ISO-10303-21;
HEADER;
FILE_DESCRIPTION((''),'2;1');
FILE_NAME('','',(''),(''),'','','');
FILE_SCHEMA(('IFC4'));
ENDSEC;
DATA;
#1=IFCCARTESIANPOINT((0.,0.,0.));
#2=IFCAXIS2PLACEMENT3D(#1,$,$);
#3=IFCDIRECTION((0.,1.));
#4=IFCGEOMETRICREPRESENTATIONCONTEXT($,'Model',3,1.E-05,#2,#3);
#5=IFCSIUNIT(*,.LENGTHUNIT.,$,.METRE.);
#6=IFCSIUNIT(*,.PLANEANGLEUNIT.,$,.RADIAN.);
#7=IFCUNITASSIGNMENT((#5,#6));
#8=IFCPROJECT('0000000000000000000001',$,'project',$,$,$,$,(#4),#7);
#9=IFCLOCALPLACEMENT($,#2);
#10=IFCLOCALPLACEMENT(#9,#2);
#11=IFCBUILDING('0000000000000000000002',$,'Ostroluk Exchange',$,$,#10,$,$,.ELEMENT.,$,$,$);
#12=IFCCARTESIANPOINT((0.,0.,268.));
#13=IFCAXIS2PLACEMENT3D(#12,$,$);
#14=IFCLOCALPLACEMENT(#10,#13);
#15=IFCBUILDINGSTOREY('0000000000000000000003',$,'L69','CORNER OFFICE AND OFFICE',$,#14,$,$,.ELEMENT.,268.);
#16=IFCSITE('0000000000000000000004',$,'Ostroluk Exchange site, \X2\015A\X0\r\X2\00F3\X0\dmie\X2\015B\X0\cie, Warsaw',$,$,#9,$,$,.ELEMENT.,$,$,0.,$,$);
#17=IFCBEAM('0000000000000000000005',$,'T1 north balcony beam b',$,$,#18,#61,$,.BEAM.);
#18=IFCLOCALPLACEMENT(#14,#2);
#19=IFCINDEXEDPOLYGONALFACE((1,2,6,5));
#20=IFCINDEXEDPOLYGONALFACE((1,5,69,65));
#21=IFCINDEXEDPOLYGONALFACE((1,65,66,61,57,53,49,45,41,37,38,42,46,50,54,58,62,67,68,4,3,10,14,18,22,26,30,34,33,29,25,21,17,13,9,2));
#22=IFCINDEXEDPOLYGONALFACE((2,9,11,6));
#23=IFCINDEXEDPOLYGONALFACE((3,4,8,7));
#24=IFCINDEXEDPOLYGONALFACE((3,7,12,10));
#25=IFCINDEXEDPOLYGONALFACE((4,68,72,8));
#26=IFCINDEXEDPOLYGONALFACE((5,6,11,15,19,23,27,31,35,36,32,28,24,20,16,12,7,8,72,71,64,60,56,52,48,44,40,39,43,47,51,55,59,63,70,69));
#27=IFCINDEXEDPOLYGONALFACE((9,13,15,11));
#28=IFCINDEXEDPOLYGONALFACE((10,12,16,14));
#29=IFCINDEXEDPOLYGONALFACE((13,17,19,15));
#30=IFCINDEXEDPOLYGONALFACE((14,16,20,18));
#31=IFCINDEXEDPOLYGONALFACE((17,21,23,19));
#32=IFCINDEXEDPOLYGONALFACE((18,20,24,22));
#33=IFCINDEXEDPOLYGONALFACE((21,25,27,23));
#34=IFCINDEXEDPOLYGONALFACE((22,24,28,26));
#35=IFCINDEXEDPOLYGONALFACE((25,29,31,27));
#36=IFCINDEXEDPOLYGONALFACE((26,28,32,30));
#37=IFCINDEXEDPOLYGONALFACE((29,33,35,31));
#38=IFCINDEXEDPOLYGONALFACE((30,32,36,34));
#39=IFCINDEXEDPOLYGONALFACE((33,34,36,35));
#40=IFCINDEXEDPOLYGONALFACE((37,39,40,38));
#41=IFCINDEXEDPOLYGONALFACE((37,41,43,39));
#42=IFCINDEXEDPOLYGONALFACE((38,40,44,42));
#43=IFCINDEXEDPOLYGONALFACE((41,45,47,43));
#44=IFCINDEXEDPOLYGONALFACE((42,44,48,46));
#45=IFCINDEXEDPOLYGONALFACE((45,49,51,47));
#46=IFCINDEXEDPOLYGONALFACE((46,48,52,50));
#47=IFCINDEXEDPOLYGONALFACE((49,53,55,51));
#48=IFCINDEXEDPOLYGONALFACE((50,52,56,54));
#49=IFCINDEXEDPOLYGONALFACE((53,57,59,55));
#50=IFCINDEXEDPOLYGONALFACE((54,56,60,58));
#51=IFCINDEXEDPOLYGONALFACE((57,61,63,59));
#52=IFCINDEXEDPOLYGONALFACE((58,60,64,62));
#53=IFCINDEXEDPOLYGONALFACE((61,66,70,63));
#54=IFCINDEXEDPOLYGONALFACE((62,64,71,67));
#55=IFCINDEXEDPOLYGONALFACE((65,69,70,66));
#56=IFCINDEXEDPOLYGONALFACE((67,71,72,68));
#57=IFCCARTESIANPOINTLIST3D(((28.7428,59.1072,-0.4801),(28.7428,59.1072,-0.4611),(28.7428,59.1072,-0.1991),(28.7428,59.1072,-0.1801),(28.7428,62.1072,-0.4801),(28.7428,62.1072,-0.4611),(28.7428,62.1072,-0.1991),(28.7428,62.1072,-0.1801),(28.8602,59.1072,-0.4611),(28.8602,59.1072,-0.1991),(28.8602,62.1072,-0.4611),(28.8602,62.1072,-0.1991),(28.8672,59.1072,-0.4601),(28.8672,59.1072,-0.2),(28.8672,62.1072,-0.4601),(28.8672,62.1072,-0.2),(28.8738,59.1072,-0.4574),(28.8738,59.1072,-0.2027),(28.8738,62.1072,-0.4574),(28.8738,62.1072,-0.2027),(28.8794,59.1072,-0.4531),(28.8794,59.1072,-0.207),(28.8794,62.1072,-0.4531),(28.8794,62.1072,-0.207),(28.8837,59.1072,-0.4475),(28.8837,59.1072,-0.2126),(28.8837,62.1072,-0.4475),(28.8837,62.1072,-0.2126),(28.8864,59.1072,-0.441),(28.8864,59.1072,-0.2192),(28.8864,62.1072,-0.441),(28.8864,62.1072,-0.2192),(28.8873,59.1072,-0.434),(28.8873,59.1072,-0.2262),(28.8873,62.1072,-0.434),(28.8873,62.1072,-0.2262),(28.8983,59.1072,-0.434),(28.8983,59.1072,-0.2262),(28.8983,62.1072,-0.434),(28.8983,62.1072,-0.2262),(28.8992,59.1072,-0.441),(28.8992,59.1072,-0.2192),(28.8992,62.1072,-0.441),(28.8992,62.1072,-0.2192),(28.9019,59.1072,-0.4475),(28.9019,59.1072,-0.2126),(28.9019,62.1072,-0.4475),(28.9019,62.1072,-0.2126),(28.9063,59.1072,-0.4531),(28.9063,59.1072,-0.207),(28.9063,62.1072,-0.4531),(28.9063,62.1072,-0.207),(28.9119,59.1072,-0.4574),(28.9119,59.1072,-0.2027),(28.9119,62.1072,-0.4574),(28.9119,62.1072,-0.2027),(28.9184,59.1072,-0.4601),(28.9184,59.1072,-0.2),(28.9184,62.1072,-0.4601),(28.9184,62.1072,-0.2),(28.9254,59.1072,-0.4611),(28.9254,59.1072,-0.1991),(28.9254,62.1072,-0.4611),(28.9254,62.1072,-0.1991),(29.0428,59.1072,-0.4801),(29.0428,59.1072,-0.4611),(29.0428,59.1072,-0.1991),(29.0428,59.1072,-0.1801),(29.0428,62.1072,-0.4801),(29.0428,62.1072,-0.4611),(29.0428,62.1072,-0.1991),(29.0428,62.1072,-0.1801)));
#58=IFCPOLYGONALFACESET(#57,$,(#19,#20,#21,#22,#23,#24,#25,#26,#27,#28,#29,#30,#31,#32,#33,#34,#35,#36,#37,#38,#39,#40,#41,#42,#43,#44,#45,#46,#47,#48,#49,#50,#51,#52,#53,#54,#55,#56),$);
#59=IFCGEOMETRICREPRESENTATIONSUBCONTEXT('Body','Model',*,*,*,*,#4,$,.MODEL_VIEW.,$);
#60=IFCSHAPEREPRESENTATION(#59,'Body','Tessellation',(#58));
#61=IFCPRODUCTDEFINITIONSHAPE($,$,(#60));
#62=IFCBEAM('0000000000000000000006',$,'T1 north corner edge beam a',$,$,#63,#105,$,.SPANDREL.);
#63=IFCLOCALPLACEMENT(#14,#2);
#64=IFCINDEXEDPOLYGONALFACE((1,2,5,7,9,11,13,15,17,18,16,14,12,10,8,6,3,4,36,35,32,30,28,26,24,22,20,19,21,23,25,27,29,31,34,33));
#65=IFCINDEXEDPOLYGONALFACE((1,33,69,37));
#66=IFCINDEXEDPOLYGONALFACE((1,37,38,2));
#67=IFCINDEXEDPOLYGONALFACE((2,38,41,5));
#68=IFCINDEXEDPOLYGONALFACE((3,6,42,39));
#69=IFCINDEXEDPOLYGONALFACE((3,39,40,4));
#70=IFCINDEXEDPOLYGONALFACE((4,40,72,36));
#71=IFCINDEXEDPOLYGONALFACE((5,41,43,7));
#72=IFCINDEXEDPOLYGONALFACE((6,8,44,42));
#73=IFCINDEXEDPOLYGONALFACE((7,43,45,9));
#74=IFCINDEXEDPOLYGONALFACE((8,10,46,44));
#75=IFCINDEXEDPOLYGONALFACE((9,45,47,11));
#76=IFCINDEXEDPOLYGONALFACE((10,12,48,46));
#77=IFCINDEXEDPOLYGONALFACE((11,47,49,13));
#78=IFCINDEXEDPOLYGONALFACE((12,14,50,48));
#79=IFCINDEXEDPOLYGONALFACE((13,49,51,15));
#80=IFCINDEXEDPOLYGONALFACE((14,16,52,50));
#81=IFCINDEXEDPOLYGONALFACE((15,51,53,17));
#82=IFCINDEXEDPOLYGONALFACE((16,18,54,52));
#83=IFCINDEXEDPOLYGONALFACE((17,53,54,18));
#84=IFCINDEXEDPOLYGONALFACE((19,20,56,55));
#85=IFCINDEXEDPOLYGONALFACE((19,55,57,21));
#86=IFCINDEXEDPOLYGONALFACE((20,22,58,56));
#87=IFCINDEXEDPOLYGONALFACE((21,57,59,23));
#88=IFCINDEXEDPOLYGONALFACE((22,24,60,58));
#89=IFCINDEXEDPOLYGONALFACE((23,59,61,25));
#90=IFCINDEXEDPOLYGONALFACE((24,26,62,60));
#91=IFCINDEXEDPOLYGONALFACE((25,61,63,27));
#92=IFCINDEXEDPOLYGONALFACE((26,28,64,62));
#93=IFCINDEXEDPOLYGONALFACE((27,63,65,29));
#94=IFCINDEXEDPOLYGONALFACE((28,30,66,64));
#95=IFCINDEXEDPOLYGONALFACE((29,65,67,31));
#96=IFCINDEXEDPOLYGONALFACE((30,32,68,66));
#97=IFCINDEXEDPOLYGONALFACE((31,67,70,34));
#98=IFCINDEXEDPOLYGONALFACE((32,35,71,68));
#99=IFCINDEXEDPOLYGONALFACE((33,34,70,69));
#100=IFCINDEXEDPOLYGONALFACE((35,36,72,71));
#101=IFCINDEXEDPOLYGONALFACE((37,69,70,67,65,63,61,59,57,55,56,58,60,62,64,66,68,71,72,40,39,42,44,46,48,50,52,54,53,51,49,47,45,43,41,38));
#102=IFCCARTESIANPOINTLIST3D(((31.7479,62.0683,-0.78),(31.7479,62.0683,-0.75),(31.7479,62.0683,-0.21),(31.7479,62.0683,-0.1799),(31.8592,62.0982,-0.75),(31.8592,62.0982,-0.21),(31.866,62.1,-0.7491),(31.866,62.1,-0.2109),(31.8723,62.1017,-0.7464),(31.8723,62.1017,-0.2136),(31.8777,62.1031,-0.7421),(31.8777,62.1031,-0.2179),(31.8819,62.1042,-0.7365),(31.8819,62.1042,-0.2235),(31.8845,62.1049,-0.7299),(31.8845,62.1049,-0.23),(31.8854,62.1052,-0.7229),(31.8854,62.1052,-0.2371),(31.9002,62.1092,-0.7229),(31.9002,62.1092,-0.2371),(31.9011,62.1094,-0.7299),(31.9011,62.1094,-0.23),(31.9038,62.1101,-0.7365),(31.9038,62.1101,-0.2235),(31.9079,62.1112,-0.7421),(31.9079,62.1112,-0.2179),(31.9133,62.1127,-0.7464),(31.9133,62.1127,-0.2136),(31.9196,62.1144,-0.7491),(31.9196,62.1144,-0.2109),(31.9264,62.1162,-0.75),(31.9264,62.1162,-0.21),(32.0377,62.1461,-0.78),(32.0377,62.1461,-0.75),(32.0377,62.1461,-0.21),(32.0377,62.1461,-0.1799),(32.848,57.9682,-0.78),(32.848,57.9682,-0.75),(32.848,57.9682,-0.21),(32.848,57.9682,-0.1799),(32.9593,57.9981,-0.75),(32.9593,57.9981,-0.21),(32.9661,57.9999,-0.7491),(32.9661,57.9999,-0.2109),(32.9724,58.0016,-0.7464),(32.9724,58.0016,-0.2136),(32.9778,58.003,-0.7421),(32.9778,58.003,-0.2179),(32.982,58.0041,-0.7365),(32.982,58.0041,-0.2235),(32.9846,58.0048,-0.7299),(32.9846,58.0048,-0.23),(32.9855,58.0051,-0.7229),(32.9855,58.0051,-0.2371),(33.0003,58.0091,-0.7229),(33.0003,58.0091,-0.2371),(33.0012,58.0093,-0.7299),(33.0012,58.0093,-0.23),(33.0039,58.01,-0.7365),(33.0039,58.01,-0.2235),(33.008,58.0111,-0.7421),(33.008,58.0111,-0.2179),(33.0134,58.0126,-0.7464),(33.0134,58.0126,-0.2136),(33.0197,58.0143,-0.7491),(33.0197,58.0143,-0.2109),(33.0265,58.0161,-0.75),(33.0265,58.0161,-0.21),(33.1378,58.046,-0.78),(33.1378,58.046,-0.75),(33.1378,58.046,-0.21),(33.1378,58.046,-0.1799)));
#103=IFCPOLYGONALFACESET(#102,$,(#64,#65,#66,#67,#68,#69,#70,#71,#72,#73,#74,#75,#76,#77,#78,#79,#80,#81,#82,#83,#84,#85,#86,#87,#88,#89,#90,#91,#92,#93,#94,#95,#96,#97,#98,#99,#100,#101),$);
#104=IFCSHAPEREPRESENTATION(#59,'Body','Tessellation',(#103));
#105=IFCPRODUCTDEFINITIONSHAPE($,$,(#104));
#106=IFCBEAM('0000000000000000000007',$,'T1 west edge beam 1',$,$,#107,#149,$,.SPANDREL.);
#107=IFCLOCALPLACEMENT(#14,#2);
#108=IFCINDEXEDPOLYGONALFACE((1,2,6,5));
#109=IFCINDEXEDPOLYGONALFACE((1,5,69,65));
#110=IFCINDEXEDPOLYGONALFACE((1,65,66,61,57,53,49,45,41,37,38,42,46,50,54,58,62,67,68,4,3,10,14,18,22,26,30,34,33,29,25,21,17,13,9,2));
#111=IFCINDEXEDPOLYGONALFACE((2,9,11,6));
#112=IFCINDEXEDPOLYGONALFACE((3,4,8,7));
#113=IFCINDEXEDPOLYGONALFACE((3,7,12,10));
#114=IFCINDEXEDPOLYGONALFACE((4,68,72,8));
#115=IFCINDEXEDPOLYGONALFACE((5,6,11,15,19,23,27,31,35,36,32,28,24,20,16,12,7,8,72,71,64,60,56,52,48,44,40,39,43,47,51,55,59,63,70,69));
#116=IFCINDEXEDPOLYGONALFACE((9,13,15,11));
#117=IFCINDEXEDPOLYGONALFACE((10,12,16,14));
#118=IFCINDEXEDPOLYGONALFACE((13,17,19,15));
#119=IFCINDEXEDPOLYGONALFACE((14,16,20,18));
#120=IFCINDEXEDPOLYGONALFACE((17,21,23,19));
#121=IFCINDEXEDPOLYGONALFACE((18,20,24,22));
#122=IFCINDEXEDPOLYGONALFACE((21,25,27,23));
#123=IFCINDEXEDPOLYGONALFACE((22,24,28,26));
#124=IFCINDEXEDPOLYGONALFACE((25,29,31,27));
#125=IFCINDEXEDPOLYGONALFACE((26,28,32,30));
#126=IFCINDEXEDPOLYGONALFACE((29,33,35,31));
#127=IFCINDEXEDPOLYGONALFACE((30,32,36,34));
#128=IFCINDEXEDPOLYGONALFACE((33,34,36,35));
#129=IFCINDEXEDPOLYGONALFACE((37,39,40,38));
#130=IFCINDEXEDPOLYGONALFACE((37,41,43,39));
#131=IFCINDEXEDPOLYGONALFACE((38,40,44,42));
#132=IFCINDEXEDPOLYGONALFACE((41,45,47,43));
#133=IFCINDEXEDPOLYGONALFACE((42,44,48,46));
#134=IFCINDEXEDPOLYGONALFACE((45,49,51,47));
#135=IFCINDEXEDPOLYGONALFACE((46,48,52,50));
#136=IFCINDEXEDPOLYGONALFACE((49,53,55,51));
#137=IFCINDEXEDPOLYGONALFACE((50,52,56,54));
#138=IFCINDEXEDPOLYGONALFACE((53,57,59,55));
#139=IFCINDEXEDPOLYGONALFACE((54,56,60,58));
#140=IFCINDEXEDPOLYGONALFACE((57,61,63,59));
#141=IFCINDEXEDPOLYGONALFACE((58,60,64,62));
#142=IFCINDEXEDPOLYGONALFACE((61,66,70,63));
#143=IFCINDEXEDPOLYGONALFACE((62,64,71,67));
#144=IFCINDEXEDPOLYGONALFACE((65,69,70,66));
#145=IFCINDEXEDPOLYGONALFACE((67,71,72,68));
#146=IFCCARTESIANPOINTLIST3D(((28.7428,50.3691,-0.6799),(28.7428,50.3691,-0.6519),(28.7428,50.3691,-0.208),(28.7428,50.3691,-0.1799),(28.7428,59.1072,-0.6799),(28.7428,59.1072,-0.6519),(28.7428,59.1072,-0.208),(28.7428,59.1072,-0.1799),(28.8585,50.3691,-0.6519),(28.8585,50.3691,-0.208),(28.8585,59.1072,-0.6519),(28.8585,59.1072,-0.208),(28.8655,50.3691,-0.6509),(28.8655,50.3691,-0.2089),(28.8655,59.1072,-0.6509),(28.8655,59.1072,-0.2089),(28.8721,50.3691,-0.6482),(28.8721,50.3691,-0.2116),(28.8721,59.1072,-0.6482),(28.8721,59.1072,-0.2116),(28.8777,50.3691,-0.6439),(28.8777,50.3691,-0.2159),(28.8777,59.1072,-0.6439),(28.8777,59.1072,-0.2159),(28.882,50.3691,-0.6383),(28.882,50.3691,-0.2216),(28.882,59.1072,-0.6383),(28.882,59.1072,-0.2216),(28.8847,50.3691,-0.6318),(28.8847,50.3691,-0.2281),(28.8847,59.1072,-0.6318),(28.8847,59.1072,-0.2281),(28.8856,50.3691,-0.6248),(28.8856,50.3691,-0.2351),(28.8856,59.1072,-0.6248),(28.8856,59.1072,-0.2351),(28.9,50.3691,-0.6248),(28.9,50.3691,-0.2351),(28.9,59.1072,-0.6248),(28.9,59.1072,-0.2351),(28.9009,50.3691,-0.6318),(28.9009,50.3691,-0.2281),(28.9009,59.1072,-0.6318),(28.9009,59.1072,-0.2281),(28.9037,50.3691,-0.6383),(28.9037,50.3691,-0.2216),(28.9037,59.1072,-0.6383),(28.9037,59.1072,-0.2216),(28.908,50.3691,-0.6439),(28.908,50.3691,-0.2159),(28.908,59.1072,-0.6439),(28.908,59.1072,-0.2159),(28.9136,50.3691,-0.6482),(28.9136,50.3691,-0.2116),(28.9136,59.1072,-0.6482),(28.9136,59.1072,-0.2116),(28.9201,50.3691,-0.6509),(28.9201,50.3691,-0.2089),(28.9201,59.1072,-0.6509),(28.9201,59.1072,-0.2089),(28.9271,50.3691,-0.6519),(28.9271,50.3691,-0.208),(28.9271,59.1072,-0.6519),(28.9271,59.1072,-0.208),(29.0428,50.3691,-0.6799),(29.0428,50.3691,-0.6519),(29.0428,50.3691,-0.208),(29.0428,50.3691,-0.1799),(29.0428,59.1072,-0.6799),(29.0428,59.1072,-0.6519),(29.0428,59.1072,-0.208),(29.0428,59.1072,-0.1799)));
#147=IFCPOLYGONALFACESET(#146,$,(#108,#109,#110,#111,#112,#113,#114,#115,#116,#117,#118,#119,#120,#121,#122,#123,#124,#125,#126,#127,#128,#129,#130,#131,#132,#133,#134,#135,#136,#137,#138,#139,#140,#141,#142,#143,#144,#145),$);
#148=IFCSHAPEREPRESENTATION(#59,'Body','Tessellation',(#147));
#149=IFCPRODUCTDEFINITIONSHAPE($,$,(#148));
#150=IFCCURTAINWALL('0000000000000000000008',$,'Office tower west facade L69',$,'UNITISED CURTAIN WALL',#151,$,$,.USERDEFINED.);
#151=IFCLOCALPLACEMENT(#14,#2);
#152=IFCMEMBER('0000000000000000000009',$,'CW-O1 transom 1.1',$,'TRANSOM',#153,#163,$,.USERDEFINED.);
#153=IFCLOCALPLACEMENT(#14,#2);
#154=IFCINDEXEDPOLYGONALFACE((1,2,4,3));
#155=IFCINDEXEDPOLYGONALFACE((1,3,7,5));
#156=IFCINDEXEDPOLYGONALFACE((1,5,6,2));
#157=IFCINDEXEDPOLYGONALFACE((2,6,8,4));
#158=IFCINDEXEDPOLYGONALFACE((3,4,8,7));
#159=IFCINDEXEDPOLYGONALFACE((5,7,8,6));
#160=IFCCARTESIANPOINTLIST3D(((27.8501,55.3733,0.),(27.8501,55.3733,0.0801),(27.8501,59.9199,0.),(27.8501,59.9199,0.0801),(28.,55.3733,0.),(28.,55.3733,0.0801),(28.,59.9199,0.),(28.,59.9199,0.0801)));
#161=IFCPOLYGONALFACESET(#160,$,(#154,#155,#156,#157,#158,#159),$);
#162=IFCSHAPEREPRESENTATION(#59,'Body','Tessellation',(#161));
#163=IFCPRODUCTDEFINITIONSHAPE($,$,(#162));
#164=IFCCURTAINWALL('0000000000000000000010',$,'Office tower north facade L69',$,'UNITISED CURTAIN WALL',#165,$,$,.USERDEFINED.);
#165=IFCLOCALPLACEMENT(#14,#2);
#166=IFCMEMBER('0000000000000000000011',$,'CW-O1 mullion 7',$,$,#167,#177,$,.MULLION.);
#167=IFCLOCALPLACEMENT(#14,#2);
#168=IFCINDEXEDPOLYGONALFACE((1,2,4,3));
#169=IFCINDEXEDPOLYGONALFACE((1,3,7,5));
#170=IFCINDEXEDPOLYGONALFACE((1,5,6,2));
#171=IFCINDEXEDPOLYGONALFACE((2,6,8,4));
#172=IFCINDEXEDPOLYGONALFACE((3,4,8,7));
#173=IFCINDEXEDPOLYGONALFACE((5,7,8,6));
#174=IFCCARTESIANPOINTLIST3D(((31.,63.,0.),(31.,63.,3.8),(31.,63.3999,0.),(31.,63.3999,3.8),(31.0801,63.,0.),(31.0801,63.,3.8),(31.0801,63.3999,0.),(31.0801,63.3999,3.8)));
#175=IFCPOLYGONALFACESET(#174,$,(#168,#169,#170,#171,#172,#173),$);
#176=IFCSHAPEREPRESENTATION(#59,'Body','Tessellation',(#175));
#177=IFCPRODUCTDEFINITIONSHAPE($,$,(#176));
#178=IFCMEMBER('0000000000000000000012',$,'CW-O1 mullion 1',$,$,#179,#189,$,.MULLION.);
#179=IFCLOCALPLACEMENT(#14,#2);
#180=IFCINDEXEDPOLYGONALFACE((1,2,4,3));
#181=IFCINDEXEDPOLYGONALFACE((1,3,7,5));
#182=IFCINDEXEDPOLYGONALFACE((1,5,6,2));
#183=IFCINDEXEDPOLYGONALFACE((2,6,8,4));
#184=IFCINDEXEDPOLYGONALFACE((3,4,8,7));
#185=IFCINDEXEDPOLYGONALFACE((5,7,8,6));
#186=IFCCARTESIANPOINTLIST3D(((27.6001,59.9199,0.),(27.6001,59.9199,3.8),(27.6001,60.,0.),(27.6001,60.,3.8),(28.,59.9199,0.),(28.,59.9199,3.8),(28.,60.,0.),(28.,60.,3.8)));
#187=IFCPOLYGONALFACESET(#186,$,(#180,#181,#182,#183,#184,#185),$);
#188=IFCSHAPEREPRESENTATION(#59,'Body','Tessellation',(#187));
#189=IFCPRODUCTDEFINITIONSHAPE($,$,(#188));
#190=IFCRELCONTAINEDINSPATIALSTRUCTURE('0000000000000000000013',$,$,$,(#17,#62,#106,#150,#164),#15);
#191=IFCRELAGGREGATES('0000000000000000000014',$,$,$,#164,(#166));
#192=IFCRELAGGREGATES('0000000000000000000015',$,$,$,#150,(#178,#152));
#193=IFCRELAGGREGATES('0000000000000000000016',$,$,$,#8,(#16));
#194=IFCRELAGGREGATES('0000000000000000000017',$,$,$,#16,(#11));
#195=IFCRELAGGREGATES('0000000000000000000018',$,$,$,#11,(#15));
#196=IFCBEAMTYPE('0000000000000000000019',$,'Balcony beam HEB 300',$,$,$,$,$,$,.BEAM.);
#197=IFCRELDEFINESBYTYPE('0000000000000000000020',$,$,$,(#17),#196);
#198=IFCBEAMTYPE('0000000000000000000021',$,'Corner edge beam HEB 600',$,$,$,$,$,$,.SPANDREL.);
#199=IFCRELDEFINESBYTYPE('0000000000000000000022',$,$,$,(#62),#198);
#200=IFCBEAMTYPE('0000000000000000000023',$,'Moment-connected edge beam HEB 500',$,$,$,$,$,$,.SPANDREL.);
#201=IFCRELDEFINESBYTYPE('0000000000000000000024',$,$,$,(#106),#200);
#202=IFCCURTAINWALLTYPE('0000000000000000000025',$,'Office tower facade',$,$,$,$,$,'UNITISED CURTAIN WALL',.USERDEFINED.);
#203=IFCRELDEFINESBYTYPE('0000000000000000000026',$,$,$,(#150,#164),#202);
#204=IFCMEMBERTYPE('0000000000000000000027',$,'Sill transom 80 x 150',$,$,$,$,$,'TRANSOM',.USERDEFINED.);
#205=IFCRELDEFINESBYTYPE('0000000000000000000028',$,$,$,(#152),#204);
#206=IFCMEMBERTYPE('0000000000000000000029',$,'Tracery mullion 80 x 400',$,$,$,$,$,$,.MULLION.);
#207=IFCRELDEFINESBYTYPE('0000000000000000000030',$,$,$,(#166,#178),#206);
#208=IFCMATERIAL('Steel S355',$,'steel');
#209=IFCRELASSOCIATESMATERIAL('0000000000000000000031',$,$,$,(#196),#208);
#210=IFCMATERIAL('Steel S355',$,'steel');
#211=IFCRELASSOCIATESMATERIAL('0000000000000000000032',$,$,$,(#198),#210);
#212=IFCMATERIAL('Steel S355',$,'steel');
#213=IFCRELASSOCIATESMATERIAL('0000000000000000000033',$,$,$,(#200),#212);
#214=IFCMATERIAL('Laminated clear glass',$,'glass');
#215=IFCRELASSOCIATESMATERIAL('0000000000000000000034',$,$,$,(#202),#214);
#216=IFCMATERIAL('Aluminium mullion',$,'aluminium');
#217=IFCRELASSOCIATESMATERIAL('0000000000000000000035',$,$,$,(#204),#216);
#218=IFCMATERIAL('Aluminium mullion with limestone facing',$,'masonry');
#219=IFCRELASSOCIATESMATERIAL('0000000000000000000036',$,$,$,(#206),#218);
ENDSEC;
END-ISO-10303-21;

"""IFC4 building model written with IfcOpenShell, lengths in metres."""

from ifc_helpers import new_model, si_unit, direction, frame, origin, origin_2d, place, context, subcontext, project, spatial, rectangle, i_section, extrude, material, material_profile, profile_set, type_object, element, aggregate, save


model = new_model("IFC4")

# Units and contexts
model_context = context("Model", 3, precision=1e-05, world=origin(), true_north=direction((0.0, 1.0)))
body_context = subcontext(model_context, "Body", "Model", "MODEL_VIEW")
ifc_project = project(units=[si_unit("LENGTHUNIT", "METRE"), si_unit("PLANEANGLEUNIT", "RADIAN")], contexts=[model_context])

# Site, building, storey
site_placement = place(None, origin())
site = spatial("IfcSite", under=ifc_project, at=site_placement, Name="Ostroluk Exchange site, Śródmieście, Warsaw", CompositionType="ELEMENT", RefElevation=0.0)
building_placement = place(site_placement, origin())
building = spatial("IfcBuilding", under=site, at=building_placement, Name="Ostroluk Exchange", CompositionType="ELEMENT")
storey_placement = place(building_placement, frame((0.0, 0.0, 268.0)))
storey = spatial("IfcBuildingStorey", under=building, at=storey_placement, Name="L69", Description="CORNER OFFICE AND OFFICE", CompositionType="ELEMENT", Elevation=268.0)

# Beams
ifc_material_1 = material(Name="Steel S355", Category="steel")
ifc_material_profile_1 = material_profile(ifc_material_1, i_section(OverallWidth=0.3, OverallDepth=0.3, WebThickness=0.011, FlangeThickness=0.019, FilletRadius=0.0271, at=origin_2d()), Name="HEB 300")
ifc_profile_set_1 = profile_set([ifc_material_profile_1], Name="Steel S355")
beam_type_1 = type_object("IfcBeamType", Name="Balcony beam HEB 300", PredefinedType="BEAM", material=ifc_profile_set_1)
for number, where, z_axis, x_axis, name in (
    (1, (28.8928, 59.1072, -0.3301), (0.0, 1.0, 0.0), (-1.0, 0.0, 0.0), "T1 north balcony beam b"),
):
    element("IfcBeam", number, at=place(storey_placement, frame(where, z_axis=z_axis, x_axis=x_axis)), inside=storey, type_object=beam_type_1, Name=name, PredefinedType="BEAM", context=body_context, shape_type="SweptSolid", body=[
        extrude(i_section(OverallWidth=0.3, OverallDepth=0.3, WebThickness=0.011, FlangeThickness=0.019, FilletRadius=0.0271, at=origin_2d()), origin(), (0.0, 0.0, 1.0), 3.0),
    ])
ifc_material_2 = material(Name="Steel S355", Category="steel")
ifc_material_profile_2 = material_profile(ifc_material_2, i_section(OverallWidth=0.3, OverallDepth=0.6001, WebThickness=0.0154, FlangeThickness=0.03, FilletRadius=0.0271, at=origin_2d()), Name="HEB 600")
ifc_profile_set_2 = profile_set([ifc_material_profile_2], Name="Steel S355")
beam_type_2 = type_object("IfcBeamType", Name="Corner edge beam HEB 600", PredefinedType="SPANDREL", material=ifc_profile_set_2)
beam_1_placement = place(storey_placement, frame((32.9929, 58.0071, -0.48), z_axis=(-0.259144, 0.965839, 0.0), x_axis=(-0.965839, -0.259144, 0.0)))
element("IfcBeam", 2, at=beam_1_placement, inside=storey, type_object=beam_type_2, Name="T1 north corner edge beam a", PredefinedType="SPANDREL", context=body_context, shape_type="SweptSolid", body=[
    extrude(i_section(OverallWidth=0.3, OverallDepth=0.6001, WebThickness=0.0154, FlangeThickness=0.03, FilletRadius=0.0271, at=origin_2d()), origin(), (0.0, 0.0, 1.0), 4.2451),
])
ifc_material_3 = material(Name="Steel S355", Category="steel")
ifc_material_profile_3 = material_profile(ifc_material_3, i_section(OverallWidth=0.3, OverallDepth=0.5, WebThickness=0.0144, FlangeThickness=0.0281, FilletRadius=0.0271, at=origin_2d()), Name="HEB 500")
ifc_profile_set_3 = profile_set([ifc_material_profile_3], Name="Steel S355")
beam_type_3 = type_object("IfcBeamType", Name="Moment-connected edge beam HEB 500", PredefinedType="SPANDREL", material=ifc_profile_set_3)
beam_2_placement = place(storey_placement, frame((28.8928, 59.1072, -0.4299), z_axis=(0.0, -1.0, 0.0), x_axis=(1.0, 0.0, 0.0)))
element("IfcBeam", 3, at=beam_2_placement, inside=storey, type_object=beam_type_3, Name="T1 west edge beam 1", PredefinedType="SPANDREL", context=body_context, shape_type="SweptSolid", body=[
    extrude(i_section(OverallWidth=0.3, OverallDepth=0.5, WebThickness=0.0144, FlangeThickness=0.0281, FilletRadius=0.0271, at=origin_2d()), origin(), (0.0, 0.0, 1.0), 8.738),
])

# Curtain walls, members
ifc_material_4 = material(Name="Laminated clear glass", Category="glass")
curtain_wall_type = type_object("IfcCurtainWallType", Name="Office tower facade", ElementType="UNITISED CURTAIN WALL", PredefinedType="USERDEFINED", material=ifc_material_4)
curtain_wall_1_placement = place(storey_placement, origin())
curtain_wall_1 = element("IfcCurtainWall", 4, at=curtain_wall_1_placement, inside=storey, type_object=curtain_wall_type, Name="Office tower west facade L69", ObjectType="UNITISED CURTAIN WALL", PredefinedType="USERDEFINED")
ifc_material_5 = material(Name="Aluminium mullion", Category="aluminium")
ifc_material_profile_4 = material_profile(ifc_material_5, rectangle(XDim=0.1499, YDim=0.0801, at=origin_2d()), Name="Sill transom 80 x 150")
ifc_profile_set_4 = profile_set([ifc_material_profile_4], Name="Aluminium mullion")
member_type_1 = type_object("IfcMemberType", Name="Sill transom 80 x 150", ElementType="TRANSOM", PredefinedType="USERDEFINED", material=ifc_profile_set_4)
member_1_placement = place(storey_placement, frame((27.925, 59.9199, 0.04), z_axis=(0.0, -1.0, 0.0), x_axis=(1.0, 0.0, 0.0)))
member_1 = element("IfcMember", 5, at=member_1_placement, type_object=member_type_1, Name="CW-O1 transom 1.1", ObjectType="TRANSOM", PredefinedType="USERDEFINED", context=body_context, shape_type="SweptSolid", body=[
    extrude(rectangle(XDim=0.1499, YDim=0.0801, at=origin_2d()), origin(), (0.0, 0.0, 1.0), 4.5466),
])
curtain_wall_2_placement = place(storey_placement, origin())
curtain_wall_2 = element("IfcCurtainWall", 6, at=curtain_wall_2_placement, inside=storey, type_object=curtain_wall_type, Name="Office tower north facade L69", ObjectType="UNITISED CURTAIN WALL", PredefinedType="USERDEFINED")
ifc_material_6 = material(Name="Aluminium mullion with limestone facing", Category="masonry")
ifc_material_profile_5 = material_profile(ifc_material_6, rectangle(XDim=0.3999, YDim=0.0801, at=origin_2d()), Name="Tracery mullion 80 x 400")
ifc_profile_set_5 = profile_set([ifc_material_profile_5], Name="Aluminium mullion with limestone facing")
member_type_2 = type_object("IfcMemberType", Name="Tracery mullion 80 x 400", PredefinedType="MULLION", material=ifc_profile_set_5)
member_2_placement = place(storey_placement, frame((31.04, 63.2, 0.0), z_axis=(0.0, 0.0, 1.0), x_axis=(0.0, -1.0, 0.0)))
member_2 = element("IfcMember", 7, at=member_2_placement, type_object=member_type_2, Name="CW-O1 mullion 7", PredefinedType="MULLION", context=body_context, shape_type="SweptSolid", body=[
    extrude(rectangle(XDim=0.3999, YDim=0.0801, at=origin_2d()), origin(), (0.0, 0.0, 1.0), 3.8),
])
aggregate(curtain_wall_2, [member_2])

# Member
member_3_placement = place(storey_placement, frame((27.8, 59.96, 0.0), z_axis=(0.0, 0.0, 1.0), x_axis=(1.0, 0.0, 0.0)))
member_3 = element("IfcMember", 8, at=member_3_placement, type_object=member_type_2, Name="CW-O1 mullion 1", PredefinedType="MULLION", context=body_context, shape_type="SweptSolid", body=[
    extrude(rectangle(XDim=0.3999, YDim=0.0801, at=origin_2d()), origin(), (0.0, 0.0, 1.0), 3.8),
])

aggregate(curtain_wall_1, [member_3, member_1])

save(model, "model.ifc")
